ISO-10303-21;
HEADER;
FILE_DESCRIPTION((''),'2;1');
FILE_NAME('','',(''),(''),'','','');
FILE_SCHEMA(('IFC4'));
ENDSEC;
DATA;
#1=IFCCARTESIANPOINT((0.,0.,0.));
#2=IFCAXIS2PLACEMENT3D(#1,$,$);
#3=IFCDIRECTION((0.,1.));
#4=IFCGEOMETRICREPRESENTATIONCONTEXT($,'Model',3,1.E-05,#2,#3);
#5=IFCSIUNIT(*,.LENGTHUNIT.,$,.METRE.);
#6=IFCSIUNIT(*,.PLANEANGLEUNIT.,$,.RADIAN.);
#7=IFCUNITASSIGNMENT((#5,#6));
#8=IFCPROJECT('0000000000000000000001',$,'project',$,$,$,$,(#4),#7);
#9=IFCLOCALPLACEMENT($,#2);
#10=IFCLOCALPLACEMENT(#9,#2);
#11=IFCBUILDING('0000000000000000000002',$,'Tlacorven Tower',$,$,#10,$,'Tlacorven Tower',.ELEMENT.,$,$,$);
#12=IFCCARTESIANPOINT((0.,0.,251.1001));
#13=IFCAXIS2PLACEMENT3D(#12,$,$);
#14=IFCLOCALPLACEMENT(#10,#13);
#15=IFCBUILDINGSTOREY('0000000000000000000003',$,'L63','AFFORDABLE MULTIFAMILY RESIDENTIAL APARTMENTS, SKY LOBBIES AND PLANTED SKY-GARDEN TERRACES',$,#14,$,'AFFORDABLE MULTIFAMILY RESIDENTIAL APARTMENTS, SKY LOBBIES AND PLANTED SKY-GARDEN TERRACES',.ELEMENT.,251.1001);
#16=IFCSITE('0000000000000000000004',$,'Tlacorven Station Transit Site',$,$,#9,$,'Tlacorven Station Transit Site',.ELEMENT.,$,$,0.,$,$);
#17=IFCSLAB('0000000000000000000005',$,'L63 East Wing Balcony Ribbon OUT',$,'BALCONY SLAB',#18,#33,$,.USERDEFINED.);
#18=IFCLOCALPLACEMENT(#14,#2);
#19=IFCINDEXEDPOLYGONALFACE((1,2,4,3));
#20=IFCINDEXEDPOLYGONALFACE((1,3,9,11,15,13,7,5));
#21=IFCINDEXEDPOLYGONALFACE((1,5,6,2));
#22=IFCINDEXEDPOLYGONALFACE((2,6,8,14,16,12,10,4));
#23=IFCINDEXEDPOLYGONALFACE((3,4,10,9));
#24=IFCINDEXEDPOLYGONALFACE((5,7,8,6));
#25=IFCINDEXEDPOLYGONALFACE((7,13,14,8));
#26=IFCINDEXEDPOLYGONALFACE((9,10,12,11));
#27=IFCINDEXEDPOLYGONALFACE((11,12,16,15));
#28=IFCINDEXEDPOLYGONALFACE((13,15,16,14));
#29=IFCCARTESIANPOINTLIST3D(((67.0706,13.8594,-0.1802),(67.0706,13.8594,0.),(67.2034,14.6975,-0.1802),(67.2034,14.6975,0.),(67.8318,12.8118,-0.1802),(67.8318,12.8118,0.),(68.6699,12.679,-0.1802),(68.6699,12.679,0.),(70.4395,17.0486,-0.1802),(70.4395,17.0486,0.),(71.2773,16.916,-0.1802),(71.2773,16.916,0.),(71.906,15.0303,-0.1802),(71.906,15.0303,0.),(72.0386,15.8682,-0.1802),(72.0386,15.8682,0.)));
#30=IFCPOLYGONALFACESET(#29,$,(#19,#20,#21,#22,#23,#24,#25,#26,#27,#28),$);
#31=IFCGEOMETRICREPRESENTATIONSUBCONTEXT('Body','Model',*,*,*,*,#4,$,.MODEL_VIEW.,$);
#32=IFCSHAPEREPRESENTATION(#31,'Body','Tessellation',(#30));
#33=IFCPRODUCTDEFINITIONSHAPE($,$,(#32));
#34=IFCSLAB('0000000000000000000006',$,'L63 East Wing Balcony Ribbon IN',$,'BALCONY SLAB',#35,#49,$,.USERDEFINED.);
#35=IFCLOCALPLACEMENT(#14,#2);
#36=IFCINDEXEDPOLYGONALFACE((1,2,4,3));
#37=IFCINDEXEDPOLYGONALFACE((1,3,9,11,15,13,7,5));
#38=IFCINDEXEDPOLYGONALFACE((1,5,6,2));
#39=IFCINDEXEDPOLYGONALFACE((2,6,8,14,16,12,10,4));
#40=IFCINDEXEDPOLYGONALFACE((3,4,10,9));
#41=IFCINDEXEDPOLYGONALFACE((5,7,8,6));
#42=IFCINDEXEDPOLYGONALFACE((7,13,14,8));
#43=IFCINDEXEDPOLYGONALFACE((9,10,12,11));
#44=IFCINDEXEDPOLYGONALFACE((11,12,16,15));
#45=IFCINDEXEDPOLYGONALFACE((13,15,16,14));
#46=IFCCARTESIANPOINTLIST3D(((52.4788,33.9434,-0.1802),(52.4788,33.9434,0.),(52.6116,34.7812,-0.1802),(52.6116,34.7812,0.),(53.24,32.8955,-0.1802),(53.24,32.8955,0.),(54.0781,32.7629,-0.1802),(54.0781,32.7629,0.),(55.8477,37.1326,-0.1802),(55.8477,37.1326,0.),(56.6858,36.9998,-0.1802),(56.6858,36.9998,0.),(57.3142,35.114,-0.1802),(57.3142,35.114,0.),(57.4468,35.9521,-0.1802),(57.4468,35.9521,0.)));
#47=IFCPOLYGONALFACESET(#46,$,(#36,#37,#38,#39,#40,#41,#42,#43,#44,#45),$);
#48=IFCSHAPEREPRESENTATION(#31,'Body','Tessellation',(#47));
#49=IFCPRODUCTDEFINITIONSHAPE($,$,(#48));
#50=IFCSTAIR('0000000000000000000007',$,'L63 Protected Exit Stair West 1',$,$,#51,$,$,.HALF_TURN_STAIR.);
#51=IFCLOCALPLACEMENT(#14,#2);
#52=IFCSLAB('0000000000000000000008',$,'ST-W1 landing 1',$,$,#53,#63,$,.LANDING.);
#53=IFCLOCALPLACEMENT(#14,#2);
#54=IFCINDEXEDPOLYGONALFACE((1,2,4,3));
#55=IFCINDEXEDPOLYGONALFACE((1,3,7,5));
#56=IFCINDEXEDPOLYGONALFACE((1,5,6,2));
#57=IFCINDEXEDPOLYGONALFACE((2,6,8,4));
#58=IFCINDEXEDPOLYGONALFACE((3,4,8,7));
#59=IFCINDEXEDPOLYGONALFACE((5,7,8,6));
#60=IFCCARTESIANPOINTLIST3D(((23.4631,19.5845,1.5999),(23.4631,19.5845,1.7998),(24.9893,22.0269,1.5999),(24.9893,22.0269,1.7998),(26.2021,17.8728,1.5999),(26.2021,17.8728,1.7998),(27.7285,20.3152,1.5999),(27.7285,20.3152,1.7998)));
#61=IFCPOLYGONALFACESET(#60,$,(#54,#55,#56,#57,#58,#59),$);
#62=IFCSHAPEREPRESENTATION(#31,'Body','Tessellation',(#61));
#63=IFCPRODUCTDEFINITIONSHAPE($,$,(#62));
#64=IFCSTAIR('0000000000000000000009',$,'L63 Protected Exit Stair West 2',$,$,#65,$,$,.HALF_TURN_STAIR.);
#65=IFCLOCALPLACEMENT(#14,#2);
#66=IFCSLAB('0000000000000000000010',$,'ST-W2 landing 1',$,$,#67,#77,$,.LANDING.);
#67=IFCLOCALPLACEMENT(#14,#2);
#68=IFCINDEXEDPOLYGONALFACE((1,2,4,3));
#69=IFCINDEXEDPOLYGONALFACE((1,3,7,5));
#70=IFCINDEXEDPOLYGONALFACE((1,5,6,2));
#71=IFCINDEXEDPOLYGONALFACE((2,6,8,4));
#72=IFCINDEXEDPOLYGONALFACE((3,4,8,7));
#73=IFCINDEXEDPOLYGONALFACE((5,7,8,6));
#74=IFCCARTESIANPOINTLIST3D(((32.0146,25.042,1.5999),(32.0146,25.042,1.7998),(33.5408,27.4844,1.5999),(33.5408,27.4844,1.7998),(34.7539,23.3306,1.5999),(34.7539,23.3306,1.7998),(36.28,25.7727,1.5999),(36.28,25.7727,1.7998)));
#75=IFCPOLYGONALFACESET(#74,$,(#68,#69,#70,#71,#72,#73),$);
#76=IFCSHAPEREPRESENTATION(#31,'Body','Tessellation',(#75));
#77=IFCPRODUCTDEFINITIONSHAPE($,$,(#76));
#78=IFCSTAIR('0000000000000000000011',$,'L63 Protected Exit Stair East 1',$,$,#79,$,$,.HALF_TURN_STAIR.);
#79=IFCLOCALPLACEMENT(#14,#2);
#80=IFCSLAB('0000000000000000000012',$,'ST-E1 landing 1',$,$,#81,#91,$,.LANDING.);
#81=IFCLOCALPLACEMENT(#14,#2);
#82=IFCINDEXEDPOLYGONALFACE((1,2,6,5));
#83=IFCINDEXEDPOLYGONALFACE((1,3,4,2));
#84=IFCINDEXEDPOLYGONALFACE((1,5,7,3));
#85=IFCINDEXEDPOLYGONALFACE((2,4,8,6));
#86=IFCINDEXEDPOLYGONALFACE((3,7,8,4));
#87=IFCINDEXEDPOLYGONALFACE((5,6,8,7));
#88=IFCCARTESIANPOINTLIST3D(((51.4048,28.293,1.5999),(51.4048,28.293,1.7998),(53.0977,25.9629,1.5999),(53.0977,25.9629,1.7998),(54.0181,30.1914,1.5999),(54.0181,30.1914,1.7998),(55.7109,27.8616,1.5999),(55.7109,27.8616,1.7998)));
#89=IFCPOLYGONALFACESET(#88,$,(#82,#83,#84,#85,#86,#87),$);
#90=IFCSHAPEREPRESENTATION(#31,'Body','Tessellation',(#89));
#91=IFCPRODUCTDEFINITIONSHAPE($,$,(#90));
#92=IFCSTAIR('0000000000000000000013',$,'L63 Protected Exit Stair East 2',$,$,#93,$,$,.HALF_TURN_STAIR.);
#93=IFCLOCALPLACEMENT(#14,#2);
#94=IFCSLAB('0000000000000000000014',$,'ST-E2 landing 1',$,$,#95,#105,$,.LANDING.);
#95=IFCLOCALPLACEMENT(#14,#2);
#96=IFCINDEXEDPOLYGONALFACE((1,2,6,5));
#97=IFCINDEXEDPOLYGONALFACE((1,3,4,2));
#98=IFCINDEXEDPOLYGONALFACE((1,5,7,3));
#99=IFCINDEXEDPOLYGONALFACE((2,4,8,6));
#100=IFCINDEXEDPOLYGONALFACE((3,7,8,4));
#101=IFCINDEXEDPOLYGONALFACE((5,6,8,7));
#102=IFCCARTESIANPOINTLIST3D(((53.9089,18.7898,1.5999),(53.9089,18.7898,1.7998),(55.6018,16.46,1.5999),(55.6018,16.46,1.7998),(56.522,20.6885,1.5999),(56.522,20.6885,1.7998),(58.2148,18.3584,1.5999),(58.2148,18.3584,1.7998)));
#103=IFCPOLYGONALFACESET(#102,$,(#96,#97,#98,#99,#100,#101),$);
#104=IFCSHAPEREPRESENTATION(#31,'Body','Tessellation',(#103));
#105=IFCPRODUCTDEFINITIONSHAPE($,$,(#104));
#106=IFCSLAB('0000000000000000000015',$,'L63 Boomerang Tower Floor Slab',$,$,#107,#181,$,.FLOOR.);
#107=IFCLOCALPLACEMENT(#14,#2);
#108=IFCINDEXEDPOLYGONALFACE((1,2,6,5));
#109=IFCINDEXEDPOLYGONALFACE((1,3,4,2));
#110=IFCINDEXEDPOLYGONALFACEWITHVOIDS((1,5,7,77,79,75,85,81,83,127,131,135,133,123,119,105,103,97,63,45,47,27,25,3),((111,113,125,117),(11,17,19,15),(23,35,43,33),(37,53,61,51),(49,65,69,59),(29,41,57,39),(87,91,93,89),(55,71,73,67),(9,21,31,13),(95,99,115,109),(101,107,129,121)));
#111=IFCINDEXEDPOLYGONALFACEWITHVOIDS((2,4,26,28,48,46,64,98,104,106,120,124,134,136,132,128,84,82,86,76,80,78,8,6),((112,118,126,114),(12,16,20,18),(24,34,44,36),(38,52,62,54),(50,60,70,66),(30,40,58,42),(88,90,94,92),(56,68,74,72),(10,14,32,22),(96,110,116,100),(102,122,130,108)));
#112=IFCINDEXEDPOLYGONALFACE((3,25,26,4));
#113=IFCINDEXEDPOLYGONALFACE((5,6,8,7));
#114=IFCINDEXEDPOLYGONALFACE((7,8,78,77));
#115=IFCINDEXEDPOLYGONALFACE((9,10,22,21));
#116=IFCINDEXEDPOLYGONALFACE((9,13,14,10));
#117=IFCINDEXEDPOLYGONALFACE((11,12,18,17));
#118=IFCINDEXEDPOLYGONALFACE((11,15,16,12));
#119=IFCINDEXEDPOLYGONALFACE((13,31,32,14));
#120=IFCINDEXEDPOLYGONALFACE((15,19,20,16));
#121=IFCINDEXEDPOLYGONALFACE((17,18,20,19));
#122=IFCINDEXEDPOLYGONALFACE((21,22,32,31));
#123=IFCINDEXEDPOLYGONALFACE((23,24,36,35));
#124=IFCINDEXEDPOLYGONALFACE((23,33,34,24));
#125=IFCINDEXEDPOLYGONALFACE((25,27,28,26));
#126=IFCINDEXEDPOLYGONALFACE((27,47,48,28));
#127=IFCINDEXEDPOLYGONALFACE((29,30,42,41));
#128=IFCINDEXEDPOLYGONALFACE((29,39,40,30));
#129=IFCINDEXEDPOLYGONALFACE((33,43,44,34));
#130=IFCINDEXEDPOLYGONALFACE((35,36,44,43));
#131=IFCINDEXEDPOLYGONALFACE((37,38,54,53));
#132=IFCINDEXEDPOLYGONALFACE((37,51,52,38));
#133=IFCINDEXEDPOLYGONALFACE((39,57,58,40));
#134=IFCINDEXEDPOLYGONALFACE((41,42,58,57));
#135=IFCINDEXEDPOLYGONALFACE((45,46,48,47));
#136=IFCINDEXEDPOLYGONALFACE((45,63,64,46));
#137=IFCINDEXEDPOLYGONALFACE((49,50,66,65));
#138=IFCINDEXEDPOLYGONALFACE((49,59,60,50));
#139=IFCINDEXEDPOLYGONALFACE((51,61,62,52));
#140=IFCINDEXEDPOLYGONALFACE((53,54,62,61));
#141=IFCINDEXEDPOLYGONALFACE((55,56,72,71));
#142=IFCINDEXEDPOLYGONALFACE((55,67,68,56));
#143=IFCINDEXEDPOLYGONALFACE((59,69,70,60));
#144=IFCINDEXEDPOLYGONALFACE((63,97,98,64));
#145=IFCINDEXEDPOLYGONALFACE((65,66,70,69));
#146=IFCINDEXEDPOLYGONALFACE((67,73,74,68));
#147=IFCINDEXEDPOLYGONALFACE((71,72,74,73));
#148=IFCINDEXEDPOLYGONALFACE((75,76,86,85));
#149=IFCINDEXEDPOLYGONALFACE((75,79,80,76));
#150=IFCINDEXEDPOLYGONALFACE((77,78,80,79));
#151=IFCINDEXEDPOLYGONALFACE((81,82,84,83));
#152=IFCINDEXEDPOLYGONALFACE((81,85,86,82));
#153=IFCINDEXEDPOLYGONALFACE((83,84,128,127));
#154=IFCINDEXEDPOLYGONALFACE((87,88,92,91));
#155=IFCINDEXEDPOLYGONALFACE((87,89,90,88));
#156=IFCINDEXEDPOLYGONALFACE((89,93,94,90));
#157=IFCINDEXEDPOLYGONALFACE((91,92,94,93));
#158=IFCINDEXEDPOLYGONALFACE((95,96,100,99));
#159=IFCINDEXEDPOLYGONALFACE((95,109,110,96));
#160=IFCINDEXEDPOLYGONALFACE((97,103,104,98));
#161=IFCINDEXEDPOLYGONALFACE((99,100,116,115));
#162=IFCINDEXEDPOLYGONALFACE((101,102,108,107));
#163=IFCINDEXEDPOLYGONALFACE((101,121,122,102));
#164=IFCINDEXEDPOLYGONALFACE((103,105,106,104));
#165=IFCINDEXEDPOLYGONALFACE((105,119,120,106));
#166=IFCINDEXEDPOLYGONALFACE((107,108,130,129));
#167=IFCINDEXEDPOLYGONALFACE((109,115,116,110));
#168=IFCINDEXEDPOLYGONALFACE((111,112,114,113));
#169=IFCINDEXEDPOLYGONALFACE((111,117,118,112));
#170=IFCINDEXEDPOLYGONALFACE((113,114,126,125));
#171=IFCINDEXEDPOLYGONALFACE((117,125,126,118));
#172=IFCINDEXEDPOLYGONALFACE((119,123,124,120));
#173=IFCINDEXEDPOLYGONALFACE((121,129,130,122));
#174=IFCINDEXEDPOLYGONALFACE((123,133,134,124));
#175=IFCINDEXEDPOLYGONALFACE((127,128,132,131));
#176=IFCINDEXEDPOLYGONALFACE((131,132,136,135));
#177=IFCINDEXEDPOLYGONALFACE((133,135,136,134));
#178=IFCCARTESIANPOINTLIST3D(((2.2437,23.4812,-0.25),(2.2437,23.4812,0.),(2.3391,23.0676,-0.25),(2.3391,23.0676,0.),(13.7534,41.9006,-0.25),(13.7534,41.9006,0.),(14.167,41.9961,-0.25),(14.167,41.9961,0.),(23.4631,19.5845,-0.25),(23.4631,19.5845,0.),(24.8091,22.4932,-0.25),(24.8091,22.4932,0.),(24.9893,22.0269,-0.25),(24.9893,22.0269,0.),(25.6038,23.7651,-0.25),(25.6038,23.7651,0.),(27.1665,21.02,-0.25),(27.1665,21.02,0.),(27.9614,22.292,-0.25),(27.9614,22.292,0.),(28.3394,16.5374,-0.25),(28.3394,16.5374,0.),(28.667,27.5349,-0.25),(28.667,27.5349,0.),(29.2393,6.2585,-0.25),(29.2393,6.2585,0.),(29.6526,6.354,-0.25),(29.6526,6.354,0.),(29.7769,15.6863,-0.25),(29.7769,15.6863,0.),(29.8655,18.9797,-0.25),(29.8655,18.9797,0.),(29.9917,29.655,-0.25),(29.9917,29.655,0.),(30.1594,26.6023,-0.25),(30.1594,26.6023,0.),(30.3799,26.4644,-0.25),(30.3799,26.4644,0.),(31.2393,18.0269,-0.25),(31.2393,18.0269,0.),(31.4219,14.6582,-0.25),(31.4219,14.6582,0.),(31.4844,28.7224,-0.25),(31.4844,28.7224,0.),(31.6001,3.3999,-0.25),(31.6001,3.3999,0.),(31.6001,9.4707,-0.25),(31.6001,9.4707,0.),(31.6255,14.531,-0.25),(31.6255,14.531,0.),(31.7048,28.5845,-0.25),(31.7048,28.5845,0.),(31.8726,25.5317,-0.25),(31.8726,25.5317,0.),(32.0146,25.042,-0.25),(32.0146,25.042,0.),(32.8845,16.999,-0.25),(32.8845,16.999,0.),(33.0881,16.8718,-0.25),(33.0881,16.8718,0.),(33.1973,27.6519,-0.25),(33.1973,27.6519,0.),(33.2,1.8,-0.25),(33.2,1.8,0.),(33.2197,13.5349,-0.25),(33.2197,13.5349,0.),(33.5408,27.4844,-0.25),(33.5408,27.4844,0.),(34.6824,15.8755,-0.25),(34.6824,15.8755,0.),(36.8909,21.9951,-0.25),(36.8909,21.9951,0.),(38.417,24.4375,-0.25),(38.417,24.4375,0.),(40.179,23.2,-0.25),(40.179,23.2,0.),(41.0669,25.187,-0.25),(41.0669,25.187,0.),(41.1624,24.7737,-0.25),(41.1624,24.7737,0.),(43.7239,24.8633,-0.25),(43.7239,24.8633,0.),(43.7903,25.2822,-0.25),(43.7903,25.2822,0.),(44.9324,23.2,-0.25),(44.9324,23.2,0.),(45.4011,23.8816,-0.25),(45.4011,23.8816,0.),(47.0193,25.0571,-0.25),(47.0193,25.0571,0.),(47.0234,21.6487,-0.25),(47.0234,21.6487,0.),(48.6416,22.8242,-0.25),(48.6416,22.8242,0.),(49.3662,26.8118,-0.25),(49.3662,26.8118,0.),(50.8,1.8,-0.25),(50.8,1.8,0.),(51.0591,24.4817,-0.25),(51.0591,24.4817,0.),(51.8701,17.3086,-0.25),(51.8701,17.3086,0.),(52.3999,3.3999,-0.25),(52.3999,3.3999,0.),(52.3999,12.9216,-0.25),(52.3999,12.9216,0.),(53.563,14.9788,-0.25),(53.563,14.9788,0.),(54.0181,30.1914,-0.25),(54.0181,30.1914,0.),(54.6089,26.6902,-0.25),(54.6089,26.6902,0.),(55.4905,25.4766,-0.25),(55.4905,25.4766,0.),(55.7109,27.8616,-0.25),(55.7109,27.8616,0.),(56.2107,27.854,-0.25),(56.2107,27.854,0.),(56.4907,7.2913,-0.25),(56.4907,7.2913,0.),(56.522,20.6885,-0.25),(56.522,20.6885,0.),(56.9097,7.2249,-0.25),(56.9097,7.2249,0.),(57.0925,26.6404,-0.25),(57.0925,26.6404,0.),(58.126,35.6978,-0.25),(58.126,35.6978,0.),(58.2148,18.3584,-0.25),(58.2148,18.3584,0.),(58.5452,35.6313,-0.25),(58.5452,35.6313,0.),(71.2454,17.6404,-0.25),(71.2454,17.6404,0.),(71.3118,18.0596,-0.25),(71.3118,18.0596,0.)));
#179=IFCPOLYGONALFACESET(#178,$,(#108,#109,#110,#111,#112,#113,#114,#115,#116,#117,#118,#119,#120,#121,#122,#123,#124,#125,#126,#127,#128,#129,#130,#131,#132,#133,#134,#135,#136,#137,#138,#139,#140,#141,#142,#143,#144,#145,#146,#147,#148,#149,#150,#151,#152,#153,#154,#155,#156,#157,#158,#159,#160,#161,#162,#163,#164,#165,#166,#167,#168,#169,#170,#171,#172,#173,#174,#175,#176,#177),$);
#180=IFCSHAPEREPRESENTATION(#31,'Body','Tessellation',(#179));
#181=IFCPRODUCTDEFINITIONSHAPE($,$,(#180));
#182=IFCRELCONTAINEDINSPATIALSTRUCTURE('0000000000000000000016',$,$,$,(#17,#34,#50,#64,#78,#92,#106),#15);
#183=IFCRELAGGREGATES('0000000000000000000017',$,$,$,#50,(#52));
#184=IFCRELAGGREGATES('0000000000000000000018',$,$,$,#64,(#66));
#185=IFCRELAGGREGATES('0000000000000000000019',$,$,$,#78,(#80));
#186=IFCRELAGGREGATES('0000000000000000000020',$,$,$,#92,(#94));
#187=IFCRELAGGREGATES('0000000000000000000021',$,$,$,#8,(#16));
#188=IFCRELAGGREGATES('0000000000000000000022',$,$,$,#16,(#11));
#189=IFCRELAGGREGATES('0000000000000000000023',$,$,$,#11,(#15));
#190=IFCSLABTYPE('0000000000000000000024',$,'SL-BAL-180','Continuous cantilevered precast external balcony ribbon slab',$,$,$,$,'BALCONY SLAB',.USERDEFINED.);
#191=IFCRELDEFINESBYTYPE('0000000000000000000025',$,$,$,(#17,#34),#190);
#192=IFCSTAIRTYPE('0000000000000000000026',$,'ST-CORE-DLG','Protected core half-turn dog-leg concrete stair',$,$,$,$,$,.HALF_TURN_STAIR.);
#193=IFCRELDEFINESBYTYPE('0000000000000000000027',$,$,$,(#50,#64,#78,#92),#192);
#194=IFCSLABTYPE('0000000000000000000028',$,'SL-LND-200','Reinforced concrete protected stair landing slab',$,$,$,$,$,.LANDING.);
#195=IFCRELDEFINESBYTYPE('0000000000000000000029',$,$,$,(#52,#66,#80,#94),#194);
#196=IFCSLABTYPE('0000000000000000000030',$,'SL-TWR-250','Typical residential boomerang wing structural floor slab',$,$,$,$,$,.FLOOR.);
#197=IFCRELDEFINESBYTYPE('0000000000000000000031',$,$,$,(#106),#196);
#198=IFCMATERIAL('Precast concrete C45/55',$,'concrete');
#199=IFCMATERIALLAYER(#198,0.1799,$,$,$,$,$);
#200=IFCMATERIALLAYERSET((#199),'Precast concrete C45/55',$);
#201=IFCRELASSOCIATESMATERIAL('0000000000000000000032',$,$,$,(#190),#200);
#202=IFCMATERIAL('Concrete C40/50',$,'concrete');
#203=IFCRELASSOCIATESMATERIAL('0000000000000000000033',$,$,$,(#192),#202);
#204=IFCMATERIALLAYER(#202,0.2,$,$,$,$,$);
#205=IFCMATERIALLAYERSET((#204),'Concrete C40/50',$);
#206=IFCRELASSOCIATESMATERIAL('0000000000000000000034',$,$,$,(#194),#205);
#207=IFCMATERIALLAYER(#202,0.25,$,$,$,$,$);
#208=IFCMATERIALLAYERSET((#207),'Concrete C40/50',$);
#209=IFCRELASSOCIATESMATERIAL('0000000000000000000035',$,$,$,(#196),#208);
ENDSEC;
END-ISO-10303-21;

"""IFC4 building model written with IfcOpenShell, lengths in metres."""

from ifc_helpers import new_model, si_unit, direction, frame, origin, place, context, subcontext, project, spatial, polyline, outline, extrude, material, layer, layer_set, type_object, element, aggregate, save


model = new_model("IFC4")

# Units and contexts
model_context = context("Model", 3, precision=1e-05, world=origin(), true_north=direction((0.0, 1.0)))
body_context = subcontext(model_context, "Body", "Model", "MODEL_VIEW")
ifc_project = project(units=[si_unit("LENGTHUNIT", "METRE"), si_unit("PLANEANGLEUNIT", "RADIAN")], contexts=[model_context])

# Site, building, storey
site_placement = place(None, origin())
site = spatial("IfcSite", under=ifc_project, at=site_placement, Name="Tlacorven Station Transit Site", LongName="Tlacorven Station Transit Site", CompositionType="ELEMENT", RefElevation=0.0)
building_placement = place(site_placement, origin())
building = spatial("IfcBuilding", under=site, at=building_placement, Name="Tlacorven Tower", LongName="Tlacorven Tower", CompositionType="ELEMENT")
storey_placement = place(building_placement, frame((0.0, 0.0, 251.1001)))
storey = spatial("IfcBuildingStorey", under=building, at=storey_placement, Name="L63", Description="AFFORDABLE MULTIFAMILY RESIDENTIAL APARTMENTS, SKY LOBBIES AND PLANTED SKY-GARDEN TERRACES", LongName="AFFORDABLE MULTIFAMILY RESIDENTIAL APARTMENTS, SKY LOBBIES AND PLANTED SKY-GARDEN TERRACES", CompositionType="ELEMENT", Elevation=251.1001)

# Slabs
ifc_material_1 = material(Name="Precast concrete C45/55", Category="concrete")
ifc_layer_1 = layer(ifc_material_1, 0.1799)
ifc_layer_set_1 = layer_set([ifc_layer_1], Name="Precast concrete C45/55")
slab_type_1 = type_object("IfcSlabType", Name="SL-BAL-180", Description="Continuous cantilevered precast external balcony ribbon slab", ElementType="BALCONY SLAB", PredefinedType="USERDEFINED", material=ifc_layer_set_1)
slab_1_placement = place(storey_placement, frame((0.0, 0.0, -0.1802)))
element("IfcSlab", 1, at=slab_1_placement, inside=storey, type_object=slab_type_1, Name="L63 East Wing Balcony Ribbon OUT", ObjectType="BALCONY SLAB", PredefinedType="USERDEFINED", context=body_context, shape_type="SweptSolid", body=[
    extrude(outline(polyline([(68.6699, 12.679), (71.906, 15.0303), (72.0386, 15.8682), (71.2773, 16.916), (70.4395, 17.0486), (67.2034, 14.6975), (67.0706, 13.8594), (67.8318, 12.8118), (68.6699, 12.679)])), origin(), (0.0, 0.0, 1.0), 0.1802),
])
slab_2_placement = place(storey_placement, frame((0.0, 0.0, -0.1802)))
element("IfcSlab", 2, at=slab_2_placement, inside=storey, type_object=slab_type_1, Name="L63 East Wing Balcony Ribbon IN", ObjectType="BALCONY SLAB", PredefinedType="USERDEFINED", context=body_context, shape_type="SweptSolid", body=[
    extrude(outline(polyline([(54.0781, 32.7629), (57.3142, 35.114), (57.4468, 35.9521), (56.6858, 36.9998), (55.8477, 37.1326), (52.6116, 34.7812), (52.4788, 33.9434), (53.24, 32.8955), (54.0781, 32.7629)])), origin(), (0.0, 0.0, 1.0), 0.1802),
])

# Stairs, slabs
ifc_material_2 = material(Name="Concrete C40/50", Category="concrete")
stair_type = type_object("IfcStairType", Name="ST-CORE-DLG", Description="Protected core half-turn dog-leg concrete stair", PredefinedType="HALF_TURN_STAIR", material=ifc_material_2)
stair_1_placement = place(storey_placement, origin())
stair_1 = element("IfcStair", 3, at=stair_1_placement, inside=storey, type_object=stair_type, Name="L63 Protected Exit Stair West 1", PredefinedType="HALF_TURN_STAIR")
ifc_layer_2 = layer(ifc_material_2, 0.2)
ifc_layer_set_2 = layer_set([ifc_layer_2], Name="Concrete C40/50")
slab_type_2 = type_object("IfcSlabType", Name="SL-LND-200", Description="Reinforced concrete protected stair landing slab", PredefinedType="LANDING", material=ifc_layer_set_2)
slab_3_placement = place(storey_placement, frame((0.0, 0.0, 1.5999)))
slab_3 = element("IfcSlab", 4, at=slab_3_placement, type_object=slab_type_2, Name="ST-W1 landing 1", PredefinedType="LANDING", context=body_context, shape_type="SweptSolid", body=[
    extrude(outline(polyline([(27.7285, 20.3152), (24.9893, 22.0269), (23.4631, 19.5845), (26.2021, 17.8728), (27.7285, 20.3152)])), origin(), (0.0, 0.0, 1.0), 0.2),
])
aggregate(stair_1, [slab_3])
stair_2_placement = place(storey_placement, origin())
stair_2 = element("IfcStair", 5, at=stair_2_placement, inside=storey, type_object=stair_type, Name="L63 Protected Exit Stair West 2", PredefinedType="HALF_TURN_STAIR")
slab_4_placement = place(storey_placement, frame((0.0, 0.0, 1.5999)))
slab_4 = element("IfcSlab", 6, at=slab_4_placement, type_object=slab_type_2, Name="ST-W2 landing 1", PredefinedType="LANDING", context=body_context, shape_type="SweptSolid", body=[
    extrude(outline(polyline([(36.28, 25.7727), (33.5408, 27.4844), (32.0146, 25.042), (34.7539, 23.3306), (36.28, 25.7727)])), origin(), (0.0, 0.0, 1.0), 0.2),
])
aggregate(stair_2, [slab_4])
stair_3_placement = place(storey_placement, origin())
stair_3 = element("IfcStair", 7, at=stair_3_placement, inside=storey, type_object=stair_type, Name="L63 Protected Exit Stair East 1", PredefinedType="HALF_TURN_STAIR")
slab_5_placement = place(storey_placement, frame((0.0, 0.0, 1.5999)))
slab_5 = element("IfcSlab", 8, at=slab_5_placement, type_object=slab_type_2, Name="ST-E1 landing 1", PredefinedType="LANDING", context=body_context, shape_type="SweptSolid", body=[
    extrude(outline(polyline([(53.0977, 25.9629), (55.7109, 27.8616), (54.0181, 30.1914), (51.4048, 28.293), (53.0977, 25.9629)])), origin(), (0.0, 0.0, 1.0), 0.2),
])
aggregate(stair_3, [slab_5])
stair_4_placement = place(storey_placement, origin())
stair_4 = element("IfcStair", 9, at=stair_4_placement, inside=storey, type_object=stair_type, Name="L63 Protected Exit Stair East 2", PredefinedType="HALF_TURN_STAIR")
slab_6_placement = place(storey_placement, frame((0.0, 0.0, 1.5999)))
slab_6 = element("IfcSlab", 10, at=slab_6_placement, type_object=slab_type_2, Name="ST-E2 landing 1", PredefinedType="LANDING", context=body_context, shape_type="SweptSolid", body=[
    extrude(outline(polyline([(55.6018, 16.46), (58.2148, 18.3584), (56.522, 20.6885), (53.9089, 18.7898), (55.6018, 16.46)])), origin(), (0.0, 0.0, 1.0), 0.2),
])
aggregate(stair_4, [slab_6])

# Slab
ifc_layer_3 = layer(ifc_material_2, 0.25)
ifc_layer_set_3 = layer_set([ifc_layer_3], Name="Concrete C40/50")
slab_type_3 = type_object("IfcSlabType", Name="SL-TWR-250", Description="Typical residential boomerang wing structural floor slab", PredefinedType="FLOOR", material=ifc_layer_set_3)
slab_7_placement = place(storey_placement, frame((0.0, 0.0, -0.25)))
element("IfcSlab", 11, at=slab_7_placement, inside=storey, type_object=slab_type_3, Name="L63 Boomerang Tower Floor Slab", PredefinedType="FLOOR", context=body_context, shape_type="SweptSolid", body=[
    extrude(outline(polyline([(52.3999, 3.3999), (50.8, 1.8), (33.2, 1.8), (31.6001, 3.3999), (31.6001, 9.4707), (29.6526, 6.354), (29.2393, 6.2585), (2.3391, 23.0676), (2.2437, 23.4812), (13.7534, 41.9006), (14.167, 41.9961), (41.0669, 25.187), (41.1624, 24.7737), (40.179, 23.2), (44.9324, 23.2), (43.7239, 24.8633), (43.7903, 25.2822), (58.126, 35.6978), (58.5452, 35.6313), (71.3118, 18.0596), (71.2454, 17.6404), (56.9097, 7.2249), (56.4907, 7.2913), (52.3999, 12.9216), (52.3999, 3.3999)]), holes=[polyline([(29.8655, 18.9797), (24.9893, 22.0269), (23.4631, 19.5845), (28.3394, 16.5374), (29.8655, 18.9797)]), polyline([(38.417, 24.4375), (33.5408, 27.4844), (32.0146, 25.042), (36.8909, 21.9951), (38.417, 24.4375)]), polyline([(51.0591, 24.4817), (55.7109, 27.8616), (54.0181, 30.1914), (49.3662, 26.8118), (51.0591, 24.4817)]), polyline([(53.563, 14.9788), (58.2148, 18.3584), (56.522, 20.6885), (51.8701, 17.3086), (53.563, 14.9788)]), polyline([(34.6824, 15.8755), (33.0881, 16.8718), (31.6255, 14.531), (33.2197, 13.5349), (34.6824, 15.8755)]), polyline([(32.8845, 16.999), (31.2393, 18.0269), (29.7769, 15.6863), (31.4219, 14.6582), (32.8845, 16.999)]), polyline([(47.0234, 21.6487), (48.6416, 22.8242), (47.0193, 25.0571), (45.4011, 23.8816), (47.0234, 21.6487)]), polyline([(33.1973, 27.6519), (31.7048, 28.5845), (30.3799, 26.4644), (31.8726, 25.5317), (33.1973, 27.6519)]), polyline([(31.4844, 28.7224), (29.9917, 29.655), (28.667, 27.5349), (30.1594, 26.6023), (31.4844, 28.7224)]), polyline([(27.9614, 22.292), (25.6038, 23.7651), (24.8091, 22.4932), (27.1665, 21.02), (27.9614, 22.292)]), polyline([(55.4905, 25.4766), (57.0925, 26.6404), (56.2107, 27.854), (54.6089, 26.6902), (55.4905, 25.4766)])]), origin(), (0.0, 0.0, 1.0), 0.25),
])

save(model, "model.ifc")
